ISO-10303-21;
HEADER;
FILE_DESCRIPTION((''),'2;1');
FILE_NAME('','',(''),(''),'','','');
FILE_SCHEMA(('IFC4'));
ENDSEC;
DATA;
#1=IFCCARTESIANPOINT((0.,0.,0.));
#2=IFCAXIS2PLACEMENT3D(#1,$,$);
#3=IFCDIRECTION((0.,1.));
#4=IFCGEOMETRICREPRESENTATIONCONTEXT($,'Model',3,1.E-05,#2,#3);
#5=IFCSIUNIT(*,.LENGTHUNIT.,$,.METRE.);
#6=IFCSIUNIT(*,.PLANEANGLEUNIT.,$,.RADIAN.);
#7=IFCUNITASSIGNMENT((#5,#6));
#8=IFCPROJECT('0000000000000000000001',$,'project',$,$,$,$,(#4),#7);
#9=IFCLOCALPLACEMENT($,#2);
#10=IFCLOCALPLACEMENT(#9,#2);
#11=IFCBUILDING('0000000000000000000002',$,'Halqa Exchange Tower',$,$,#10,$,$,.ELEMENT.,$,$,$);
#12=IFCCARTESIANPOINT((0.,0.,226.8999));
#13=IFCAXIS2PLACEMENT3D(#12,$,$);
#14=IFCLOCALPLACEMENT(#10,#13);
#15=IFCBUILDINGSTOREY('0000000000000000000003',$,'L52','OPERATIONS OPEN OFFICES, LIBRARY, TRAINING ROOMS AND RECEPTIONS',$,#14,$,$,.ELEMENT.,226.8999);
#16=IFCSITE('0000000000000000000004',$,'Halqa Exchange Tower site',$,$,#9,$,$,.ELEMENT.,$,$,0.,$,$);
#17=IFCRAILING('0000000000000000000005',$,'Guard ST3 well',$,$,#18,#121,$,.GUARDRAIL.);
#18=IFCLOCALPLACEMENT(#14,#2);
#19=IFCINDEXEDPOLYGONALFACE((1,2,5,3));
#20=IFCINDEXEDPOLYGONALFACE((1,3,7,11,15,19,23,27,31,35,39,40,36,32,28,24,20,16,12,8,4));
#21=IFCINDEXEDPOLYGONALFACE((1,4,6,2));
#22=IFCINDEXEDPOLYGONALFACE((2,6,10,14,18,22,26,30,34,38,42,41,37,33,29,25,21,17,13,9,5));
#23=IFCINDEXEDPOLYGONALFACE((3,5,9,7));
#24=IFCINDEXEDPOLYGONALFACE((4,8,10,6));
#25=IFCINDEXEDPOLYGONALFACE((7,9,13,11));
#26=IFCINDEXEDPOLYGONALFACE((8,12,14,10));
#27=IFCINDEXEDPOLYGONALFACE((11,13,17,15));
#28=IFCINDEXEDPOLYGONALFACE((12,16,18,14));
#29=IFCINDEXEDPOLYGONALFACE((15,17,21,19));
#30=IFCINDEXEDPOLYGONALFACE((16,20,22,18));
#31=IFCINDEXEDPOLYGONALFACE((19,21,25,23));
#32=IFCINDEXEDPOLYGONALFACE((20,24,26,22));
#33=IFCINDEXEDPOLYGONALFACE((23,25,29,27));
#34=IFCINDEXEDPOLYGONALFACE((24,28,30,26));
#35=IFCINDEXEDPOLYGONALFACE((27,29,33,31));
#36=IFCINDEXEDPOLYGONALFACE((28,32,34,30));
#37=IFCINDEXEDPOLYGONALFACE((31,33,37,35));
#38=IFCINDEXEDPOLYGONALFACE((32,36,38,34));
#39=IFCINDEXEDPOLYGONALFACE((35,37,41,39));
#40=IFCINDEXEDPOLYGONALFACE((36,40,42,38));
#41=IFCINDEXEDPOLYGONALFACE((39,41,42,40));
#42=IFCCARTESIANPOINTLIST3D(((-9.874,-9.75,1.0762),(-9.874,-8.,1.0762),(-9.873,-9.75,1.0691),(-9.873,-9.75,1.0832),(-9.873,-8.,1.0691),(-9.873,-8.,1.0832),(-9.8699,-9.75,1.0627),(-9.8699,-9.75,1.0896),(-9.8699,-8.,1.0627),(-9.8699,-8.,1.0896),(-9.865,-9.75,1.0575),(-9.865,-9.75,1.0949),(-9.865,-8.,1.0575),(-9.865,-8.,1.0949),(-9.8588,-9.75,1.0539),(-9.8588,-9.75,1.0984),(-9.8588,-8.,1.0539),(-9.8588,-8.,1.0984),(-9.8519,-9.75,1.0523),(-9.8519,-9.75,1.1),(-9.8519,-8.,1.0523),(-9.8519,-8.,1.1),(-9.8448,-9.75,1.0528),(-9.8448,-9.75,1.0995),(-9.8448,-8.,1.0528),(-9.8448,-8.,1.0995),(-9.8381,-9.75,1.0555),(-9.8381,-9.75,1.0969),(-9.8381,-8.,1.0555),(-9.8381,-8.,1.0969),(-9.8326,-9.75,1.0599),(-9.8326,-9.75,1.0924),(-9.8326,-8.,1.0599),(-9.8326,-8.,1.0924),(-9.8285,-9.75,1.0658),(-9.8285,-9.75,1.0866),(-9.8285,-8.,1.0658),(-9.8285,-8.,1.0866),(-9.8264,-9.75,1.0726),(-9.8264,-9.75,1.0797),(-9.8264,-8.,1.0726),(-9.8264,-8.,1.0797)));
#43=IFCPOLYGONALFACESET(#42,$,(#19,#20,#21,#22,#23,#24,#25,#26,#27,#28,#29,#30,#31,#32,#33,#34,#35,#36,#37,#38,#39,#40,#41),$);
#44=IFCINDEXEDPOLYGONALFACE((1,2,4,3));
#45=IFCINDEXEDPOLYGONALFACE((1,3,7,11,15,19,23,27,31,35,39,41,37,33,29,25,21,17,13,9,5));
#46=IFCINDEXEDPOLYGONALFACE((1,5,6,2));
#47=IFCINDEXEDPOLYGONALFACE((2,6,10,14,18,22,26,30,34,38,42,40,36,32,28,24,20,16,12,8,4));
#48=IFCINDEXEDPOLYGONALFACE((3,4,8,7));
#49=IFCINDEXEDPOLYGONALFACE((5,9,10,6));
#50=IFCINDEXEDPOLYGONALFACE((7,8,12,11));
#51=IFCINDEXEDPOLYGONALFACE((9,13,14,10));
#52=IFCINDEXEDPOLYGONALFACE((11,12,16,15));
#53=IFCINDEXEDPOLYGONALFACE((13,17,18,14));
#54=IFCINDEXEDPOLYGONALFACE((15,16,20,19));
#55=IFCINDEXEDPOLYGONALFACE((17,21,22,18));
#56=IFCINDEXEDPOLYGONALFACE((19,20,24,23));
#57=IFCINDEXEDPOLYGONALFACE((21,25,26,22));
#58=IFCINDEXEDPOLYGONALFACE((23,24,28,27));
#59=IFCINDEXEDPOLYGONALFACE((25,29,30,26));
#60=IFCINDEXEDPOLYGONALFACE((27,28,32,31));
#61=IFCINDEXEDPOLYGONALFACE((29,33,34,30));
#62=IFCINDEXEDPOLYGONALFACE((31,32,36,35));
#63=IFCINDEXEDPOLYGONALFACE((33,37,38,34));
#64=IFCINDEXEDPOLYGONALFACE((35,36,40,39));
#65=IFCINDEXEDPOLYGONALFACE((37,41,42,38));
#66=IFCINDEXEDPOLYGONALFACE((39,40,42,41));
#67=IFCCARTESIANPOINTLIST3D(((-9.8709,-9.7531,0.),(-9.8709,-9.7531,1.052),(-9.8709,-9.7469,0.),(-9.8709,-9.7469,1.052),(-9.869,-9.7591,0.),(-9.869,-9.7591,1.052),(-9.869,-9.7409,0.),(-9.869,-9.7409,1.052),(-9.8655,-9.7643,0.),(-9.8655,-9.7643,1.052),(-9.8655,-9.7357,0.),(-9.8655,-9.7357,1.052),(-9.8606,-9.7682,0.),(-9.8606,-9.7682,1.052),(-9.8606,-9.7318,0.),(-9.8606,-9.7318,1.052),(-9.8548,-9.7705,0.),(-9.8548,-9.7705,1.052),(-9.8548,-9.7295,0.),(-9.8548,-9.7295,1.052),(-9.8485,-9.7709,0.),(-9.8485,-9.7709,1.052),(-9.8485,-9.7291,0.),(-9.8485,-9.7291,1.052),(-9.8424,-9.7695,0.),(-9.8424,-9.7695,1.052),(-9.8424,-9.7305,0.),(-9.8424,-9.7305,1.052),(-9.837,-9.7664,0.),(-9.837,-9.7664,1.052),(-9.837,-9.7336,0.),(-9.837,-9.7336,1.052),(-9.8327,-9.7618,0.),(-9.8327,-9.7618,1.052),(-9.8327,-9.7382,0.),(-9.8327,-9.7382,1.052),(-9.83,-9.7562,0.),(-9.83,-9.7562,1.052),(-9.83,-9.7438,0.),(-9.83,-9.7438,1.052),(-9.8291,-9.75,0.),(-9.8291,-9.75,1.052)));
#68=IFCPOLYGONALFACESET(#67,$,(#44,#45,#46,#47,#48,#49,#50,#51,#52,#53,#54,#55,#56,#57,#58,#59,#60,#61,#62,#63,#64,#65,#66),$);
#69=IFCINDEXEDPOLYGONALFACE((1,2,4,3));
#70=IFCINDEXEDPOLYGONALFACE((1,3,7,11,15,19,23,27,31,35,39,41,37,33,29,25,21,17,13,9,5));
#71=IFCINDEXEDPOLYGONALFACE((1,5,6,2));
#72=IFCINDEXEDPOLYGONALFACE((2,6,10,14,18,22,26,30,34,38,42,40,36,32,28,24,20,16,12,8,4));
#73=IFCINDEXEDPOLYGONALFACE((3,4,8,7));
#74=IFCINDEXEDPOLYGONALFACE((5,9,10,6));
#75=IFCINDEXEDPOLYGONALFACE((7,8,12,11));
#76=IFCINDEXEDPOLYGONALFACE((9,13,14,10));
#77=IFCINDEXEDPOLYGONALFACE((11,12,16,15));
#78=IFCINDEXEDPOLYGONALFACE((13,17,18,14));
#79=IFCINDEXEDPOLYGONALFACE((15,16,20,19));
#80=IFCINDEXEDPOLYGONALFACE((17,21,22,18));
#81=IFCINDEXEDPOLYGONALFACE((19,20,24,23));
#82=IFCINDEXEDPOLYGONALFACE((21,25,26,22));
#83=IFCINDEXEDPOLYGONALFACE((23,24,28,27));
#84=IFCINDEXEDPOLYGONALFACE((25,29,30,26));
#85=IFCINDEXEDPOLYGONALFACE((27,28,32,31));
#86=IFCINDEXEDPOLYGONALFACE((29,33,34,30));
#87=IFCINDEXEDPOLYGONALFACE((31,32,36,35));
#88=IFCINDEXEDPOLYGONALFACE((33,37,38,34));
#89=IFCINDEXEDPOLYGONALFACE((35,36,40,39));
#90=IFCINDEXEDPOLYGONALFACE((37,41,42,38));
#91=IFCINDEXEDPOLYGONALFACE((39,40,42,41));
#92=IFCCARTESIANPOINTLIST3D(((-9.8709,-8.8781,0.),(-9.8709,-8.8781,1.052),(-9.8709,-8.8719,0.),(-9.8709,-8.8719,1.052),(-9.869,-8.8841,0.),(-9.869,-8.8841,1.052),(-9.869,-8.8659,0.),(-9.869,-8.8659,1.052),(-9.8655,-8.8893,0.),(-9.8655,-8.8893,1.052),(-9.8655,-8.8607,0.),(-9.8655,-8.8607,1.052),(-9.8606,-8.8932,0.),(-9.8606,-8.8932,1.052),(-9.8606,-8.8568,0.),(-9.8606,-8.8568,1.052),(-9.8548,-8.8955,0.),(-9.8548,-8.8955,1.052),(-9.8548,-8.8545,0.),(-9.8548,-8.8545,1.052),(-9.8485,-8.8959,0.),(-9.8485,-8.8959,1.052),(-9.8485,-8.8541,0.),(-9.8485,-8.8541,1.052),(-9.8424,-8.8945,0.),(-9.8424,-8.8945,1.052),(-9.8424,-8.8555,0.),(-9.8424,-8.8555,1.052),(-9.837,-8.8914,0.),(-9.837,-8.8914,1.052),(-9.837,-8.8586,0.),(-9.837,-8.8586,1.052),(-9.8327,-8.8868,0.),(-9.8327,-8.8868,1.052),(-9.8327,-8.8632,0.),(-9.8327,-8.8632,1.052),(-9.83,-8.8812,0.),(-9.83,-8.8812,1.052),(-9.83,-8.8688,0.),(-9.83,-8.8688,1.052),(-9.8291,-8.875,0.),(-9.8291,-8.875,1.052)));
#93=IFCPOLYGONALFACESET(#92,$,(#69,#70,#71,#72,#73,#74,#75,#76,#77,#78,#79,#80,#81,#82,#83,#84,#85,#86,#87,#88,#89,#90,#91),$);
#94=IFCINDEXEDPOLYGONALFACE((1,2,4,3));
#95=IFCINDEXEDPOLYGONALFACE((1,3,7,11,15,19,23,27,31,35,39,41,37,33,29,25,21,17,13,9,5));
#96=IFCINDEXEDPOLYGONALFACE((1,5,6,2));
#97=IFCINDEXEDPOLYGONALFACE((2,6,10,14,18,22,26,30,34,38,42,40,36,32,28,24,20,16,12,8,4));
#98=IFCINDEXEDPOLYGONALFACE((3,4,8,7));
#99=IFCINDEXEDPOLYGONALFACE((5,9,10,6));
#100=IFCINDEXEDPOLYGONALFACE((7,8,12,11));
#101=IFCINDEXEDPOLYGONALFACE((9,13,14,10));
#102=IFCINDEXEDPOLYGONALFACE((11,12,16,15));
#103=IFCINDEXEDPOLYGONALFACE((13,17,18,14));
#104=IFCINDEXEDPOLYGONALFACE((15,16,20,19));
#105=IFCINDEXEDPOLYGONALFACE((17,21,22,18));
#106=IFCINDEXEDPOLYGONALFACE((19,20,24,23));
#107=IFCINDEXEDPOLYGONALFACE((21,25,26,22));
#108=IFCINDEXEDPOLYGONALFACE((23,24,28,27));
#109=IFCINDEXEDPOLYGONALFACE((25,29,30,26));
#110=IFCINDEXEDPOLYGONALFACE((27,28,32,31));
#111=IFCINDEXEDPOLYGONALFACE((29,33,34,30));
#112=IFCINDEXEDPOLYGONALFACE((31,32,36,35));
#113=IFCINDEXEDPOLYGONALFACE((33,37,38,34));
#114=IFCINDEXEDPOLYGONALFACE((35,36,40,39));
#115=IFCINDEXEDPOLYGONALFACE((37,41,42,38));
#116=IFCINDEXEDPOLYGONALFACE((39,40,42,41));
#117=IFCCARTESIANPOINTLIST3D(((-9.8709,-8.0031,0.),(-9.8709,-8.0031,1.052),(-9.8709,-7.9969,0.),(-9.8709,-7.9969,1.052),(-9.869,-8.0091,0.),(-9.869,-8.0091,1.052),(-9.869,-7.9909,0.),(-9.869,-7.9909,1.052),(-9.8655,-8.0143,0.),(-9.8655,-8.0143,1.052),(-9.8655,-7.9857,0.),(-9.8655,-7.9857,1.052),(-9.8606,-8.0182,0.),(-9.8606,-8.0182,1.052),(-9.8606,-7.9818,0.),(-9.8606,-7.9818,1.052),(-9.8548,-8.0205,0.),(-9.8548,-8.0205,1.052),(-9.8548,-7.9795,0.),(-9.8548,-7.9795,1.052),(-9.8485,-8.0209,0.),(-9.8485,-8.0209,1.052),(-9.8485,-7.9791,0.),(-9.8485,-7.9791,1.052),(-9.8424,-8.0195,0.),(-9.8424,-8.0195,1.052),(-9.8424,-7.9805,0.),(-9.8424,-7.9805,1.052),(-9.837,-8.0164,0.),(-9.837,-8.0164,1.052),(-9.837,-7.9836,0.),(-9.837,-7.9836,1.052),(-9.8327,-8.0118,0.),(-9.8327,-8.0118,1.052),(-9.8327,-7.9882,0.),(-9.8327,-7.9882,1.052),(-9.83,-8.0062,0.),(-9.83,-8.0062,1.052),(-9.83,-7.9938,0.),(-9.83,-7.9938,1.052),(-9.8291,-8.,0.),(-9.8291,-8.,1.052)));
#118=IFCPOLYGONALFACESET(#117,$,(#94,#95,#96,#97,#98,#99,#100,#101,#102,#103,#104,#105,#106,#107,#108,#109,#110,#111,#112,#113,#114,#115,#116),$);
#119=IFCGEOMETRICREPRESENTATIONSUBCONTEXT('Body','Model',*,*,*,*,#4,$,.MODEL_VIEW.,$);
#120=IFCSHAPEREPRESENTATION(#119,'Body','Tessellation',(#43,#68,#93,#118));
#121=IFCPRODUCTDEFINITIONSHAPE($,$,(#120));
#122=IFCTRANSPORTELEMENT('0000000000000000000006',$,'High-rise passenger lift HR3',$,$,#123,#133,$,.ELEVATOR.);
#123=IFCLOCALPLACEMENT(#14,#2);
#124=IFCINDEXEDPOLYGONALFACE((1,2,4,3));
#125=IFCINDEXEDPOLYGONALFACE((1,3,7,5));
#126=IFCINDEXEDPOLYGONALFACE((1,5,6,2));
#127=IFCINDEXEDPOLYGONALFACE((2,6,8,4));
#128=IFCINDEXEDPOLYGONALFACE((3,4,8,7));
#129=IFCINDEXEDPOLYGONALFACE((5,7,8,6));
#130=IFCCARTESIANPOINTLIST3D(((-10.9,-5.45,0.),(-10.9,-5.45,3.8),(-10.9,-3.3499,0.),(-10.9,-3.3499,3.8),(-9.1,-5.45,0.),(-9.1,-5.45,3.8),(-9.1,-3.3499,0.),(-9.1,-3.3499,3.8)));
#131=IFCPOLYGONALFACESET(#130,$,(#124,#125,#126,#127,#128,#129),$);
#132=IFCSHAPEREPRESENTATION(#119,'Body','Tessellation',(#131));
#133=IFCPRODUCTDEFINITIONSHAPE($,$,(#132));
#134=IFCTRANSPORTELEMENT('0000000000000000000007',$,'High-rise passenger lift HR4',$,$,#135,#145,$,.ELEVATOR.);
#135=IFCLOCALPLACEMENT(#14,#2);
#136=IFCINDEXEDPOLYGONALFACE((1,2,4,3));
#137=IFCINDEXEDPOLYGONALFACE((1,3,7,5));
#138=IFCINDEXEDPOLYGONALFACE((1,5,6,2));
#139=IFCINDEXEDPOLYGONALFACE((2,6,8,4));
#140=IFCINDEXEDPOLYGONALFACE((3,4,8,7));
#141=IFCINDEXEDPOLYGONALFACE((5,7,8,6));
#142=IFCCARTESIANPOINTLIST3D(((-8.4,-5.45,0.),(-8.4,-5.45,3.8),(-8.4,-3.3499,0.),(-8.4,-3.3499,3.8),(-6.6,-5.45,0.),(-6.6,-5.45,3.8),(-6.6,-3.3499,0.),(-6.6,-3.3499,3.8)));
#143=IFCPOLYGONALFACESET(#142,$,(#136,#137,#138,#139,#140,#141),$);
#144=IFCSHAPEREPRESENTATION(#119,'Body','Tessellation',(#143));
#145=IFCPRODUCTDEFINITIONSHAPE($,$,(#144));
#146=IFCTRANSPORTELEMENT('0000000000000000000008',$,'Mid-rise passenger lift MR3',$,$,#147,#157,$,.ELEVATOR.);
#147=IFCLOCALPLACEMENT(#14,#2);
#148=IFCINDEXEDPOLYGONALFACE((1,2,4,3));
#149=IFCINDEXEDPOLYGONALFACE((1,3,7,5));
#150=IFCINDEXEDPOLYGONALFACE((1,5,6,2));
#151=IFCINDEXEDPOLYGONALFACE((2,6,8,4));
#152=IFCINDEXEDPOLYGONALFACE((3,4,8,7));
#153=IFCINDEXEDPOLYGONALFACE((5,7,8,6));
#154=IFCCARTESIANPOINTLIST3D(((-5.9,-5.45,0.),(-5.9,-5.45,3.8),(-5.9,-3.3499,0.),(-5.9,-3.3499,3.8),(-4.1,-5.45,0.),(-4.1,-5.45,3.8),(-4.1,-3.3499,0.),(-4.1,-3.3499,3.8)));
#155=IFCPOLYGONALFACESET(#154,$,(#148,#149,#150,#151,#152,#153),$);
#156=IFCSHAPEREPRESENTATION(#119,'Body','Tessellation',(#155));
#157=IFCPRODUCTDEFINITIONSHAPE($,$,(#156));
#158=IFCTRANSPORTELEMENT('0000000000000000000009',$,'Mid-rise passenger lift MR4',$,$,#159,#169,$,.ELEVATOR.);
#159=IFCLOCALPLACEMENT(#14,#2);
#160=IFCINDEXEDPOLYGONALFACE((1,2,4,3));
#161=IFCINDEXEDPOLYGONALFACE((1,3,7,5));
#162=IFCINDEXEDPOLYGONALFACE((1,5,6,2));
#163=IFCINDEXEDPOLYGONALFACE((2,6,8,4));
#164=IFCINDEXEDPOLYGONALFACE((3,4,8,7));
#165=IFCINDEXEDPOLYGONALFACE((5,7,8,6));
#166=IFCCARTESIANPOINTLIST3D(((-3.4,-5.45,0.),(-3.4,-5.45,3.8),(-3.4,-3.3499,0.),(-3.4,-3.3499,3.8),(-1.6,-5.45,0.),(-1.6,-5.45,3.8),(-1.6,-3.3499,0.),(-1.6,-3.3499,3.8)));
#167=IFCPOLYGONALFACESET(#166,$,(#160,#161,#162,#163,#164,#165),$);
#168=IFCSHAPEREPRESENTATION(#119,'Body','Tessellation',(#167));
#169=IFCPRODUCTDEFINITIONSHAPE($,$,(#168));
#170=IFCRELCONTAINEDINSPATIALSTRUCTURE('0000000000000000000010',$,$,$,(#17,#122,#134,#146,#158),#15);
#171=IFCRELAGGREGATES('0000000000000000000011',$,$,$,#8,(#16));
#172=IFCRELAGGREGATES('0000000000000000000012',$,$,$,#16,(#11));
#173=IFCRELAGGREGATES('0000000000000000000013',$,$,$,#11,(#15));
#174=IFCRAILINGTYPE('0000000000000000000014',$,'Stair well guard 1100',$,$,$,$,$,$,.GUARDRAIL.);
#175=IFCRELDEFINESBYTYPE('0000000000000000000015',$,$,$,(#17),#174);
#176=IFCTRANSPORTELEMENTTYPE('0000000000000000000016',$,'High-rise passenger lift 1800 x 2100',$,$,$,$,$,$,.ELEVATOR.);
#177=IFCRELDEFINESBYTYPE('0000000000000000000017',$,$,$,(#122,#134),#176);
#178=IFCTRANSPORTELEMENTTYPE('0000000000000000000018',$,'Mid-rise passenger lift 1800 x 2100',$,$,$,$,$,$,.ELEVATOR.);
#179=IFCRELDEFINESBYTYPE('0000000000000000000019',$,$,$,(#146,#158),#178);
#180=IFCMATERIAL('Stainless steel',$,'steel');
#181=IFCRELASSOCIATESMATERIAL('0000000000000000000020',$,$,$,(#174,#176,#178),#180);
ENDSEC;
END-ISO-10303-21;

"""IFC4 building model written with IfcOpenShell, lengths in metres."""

from ifc_helpers import new_model, si_unit, direction, frame, origin, origin_2d, place, context, subcontext, project, spatial, rectangle, circle, extrude, material, type_object, element, save


model = new_model("IFC4")

# Units and contexts
model_context = context("Model", 3, precision=1e-05, world=origin(), true_north=direction((0.0, 1.0)))
body_context = subcontext(model_context, "Body", "Model", "MODEL_VIEW")
ifc_project = project(units=[si_unit("LENGTHUNIT", "METRE"), si_unit("PLANEANGLEUNIT", "RADIAN")], contexts=[model_context])

# Site, building, storey
site_placement = place(None, origin())
site = spatial("IfcSite", under=ifc_project, at=site_placement, Name="Halqa Exchange Tower site", CompositionType="ELEMENT", RefElevation=0.0)
building_placement = place(site_placement, origin())
building = spatial("IfcBuilding", under=site, at=building_placement, Name="Halqa Exchange Tower", CompositionType="ELEMENT")
storey_placement = place(building_placement, frame((0.0, 0.0, 226.8999)))
storey = spatial("IfcBuildingStorey", under=building, at=storey_placement, Name="L52", Description="OPERATIONS OPEN OFFICES, LIBRARY, TRAINING ROOMS AND RECEPTIONS", CompositionType="ELEMENT", Elevation=226.8999)

# Shared definitions
ifc_material_1 = material(Name="Stainless steel", Category="steel")

# Railing
railing_type_1 = type_object("IfcRailingType", Name="Stair well guard 1100", PredefinedType="GUARDRAIL", material=ifc_material_1)
railing_1_placement = place(storey_placement, frame((-9.8501, -9.75, 0.0)))
element("IfcRailing", 1, at=railing_1_placement, inside=storey, type_object=railing_type_1, Name="Guard ST3 well", PredefinedType="GUARDRAIL", context=body_context, shape_type="SweptSolid", body=[
    extrude(circle(Radius=0.0239, at=origin_2d()), frame((0.0, 0.0, 1.0762), z_axis=(0.0, 1.0, 0.0), x_axis=(-1.0, 0.0, 0.0)), (0.0, 0.0, 1.0), 1.75),
    extrude(circle(Radius=0.021, at=origin_2d()), origin(), (0.0, 0.0, 1.0), 1.052),
    extrude(circle(Radius=0.021, at=origin_2d()), frame((0.0, 0.875, 0.0)), (0.0, 0.0, 1.0), 1.052),
    extrude(circle(Radius=0.021, at=origin_2d()), frame((0.0, 1.75, 0.0)), (0.0, 0.0, 1.0), 1.052),
])

# Transport elements
transport_element_type_1 = type_object("IfcTransportElementType", Name="High-rise passenger lift 1800 x 2100", PredefinedType="ELEVATOR", material=ifc_material_1)
for number, where, z_axis, x_axis, name in (
    (2, (-10.0, -4.3999, 0.0), (0.0, 0.0, 1.0), (1.0, 0.0, 0.0), "High-rise passenger lift HR3"),
    (3, (-7.5, -4.3999, 0.0), (0.0, 0.0, 1.0), (1.0, 0.0, 0.0), "High-rise passenger lift HR4"),
):
    element("IfcTransportElement", number, at=place(storey_placement, frame(where, z_axis=z_axis, x_axis=x_axis)), inside=storey, type_object=transport_element_type_1, Name=name, PredefinedType="ELEVATOR", context=body_context, shape_type="SweptSolid", body=[
        extrude(rectangle(XDim=1.8, YDim=2.1001, at=origin_2d()), origin(), (0.0, 0.0, 1.0), 3.8),
    ])
transport_element_type_2 = type_object("IfcTransportElementType", Name="Mid-rise passenger lift 1800 x 2100", PredefinedType="ELEVATOR", material=ifc_material_1)
for number, where, z_axis, x_axis, name in (
    (4, (-5.0, -4.3999, 0.0), (0.0, 0.0, 1.0), (1.0, 0.0, 0.0), "Mid-rise passenger lift MR3"),
    (5, (-2.5, -4.3999, 0.0), (0.0, 0.0, 1.0), (1.0, 0.0, 0.0), "Mid-rise passenger lift MR4"),
):
    element("IfcTransportElement", number, at=place(storey_placement, frame(where, z_axis=z_axis, x_axis=x_axis)), inside=storey, type_object=transport_element_type_2, Name=name, PredefinedType="ELEVATOR", context=body_context, shape_type="SweptSolid", body=[
        extrude(rectangle(XDim=1.8, YDim=2.1001, at=origin_2d()), origin(), (0.0, 0.0, 1.0), 3.8),
    ])

save(model, "model.ifc")
